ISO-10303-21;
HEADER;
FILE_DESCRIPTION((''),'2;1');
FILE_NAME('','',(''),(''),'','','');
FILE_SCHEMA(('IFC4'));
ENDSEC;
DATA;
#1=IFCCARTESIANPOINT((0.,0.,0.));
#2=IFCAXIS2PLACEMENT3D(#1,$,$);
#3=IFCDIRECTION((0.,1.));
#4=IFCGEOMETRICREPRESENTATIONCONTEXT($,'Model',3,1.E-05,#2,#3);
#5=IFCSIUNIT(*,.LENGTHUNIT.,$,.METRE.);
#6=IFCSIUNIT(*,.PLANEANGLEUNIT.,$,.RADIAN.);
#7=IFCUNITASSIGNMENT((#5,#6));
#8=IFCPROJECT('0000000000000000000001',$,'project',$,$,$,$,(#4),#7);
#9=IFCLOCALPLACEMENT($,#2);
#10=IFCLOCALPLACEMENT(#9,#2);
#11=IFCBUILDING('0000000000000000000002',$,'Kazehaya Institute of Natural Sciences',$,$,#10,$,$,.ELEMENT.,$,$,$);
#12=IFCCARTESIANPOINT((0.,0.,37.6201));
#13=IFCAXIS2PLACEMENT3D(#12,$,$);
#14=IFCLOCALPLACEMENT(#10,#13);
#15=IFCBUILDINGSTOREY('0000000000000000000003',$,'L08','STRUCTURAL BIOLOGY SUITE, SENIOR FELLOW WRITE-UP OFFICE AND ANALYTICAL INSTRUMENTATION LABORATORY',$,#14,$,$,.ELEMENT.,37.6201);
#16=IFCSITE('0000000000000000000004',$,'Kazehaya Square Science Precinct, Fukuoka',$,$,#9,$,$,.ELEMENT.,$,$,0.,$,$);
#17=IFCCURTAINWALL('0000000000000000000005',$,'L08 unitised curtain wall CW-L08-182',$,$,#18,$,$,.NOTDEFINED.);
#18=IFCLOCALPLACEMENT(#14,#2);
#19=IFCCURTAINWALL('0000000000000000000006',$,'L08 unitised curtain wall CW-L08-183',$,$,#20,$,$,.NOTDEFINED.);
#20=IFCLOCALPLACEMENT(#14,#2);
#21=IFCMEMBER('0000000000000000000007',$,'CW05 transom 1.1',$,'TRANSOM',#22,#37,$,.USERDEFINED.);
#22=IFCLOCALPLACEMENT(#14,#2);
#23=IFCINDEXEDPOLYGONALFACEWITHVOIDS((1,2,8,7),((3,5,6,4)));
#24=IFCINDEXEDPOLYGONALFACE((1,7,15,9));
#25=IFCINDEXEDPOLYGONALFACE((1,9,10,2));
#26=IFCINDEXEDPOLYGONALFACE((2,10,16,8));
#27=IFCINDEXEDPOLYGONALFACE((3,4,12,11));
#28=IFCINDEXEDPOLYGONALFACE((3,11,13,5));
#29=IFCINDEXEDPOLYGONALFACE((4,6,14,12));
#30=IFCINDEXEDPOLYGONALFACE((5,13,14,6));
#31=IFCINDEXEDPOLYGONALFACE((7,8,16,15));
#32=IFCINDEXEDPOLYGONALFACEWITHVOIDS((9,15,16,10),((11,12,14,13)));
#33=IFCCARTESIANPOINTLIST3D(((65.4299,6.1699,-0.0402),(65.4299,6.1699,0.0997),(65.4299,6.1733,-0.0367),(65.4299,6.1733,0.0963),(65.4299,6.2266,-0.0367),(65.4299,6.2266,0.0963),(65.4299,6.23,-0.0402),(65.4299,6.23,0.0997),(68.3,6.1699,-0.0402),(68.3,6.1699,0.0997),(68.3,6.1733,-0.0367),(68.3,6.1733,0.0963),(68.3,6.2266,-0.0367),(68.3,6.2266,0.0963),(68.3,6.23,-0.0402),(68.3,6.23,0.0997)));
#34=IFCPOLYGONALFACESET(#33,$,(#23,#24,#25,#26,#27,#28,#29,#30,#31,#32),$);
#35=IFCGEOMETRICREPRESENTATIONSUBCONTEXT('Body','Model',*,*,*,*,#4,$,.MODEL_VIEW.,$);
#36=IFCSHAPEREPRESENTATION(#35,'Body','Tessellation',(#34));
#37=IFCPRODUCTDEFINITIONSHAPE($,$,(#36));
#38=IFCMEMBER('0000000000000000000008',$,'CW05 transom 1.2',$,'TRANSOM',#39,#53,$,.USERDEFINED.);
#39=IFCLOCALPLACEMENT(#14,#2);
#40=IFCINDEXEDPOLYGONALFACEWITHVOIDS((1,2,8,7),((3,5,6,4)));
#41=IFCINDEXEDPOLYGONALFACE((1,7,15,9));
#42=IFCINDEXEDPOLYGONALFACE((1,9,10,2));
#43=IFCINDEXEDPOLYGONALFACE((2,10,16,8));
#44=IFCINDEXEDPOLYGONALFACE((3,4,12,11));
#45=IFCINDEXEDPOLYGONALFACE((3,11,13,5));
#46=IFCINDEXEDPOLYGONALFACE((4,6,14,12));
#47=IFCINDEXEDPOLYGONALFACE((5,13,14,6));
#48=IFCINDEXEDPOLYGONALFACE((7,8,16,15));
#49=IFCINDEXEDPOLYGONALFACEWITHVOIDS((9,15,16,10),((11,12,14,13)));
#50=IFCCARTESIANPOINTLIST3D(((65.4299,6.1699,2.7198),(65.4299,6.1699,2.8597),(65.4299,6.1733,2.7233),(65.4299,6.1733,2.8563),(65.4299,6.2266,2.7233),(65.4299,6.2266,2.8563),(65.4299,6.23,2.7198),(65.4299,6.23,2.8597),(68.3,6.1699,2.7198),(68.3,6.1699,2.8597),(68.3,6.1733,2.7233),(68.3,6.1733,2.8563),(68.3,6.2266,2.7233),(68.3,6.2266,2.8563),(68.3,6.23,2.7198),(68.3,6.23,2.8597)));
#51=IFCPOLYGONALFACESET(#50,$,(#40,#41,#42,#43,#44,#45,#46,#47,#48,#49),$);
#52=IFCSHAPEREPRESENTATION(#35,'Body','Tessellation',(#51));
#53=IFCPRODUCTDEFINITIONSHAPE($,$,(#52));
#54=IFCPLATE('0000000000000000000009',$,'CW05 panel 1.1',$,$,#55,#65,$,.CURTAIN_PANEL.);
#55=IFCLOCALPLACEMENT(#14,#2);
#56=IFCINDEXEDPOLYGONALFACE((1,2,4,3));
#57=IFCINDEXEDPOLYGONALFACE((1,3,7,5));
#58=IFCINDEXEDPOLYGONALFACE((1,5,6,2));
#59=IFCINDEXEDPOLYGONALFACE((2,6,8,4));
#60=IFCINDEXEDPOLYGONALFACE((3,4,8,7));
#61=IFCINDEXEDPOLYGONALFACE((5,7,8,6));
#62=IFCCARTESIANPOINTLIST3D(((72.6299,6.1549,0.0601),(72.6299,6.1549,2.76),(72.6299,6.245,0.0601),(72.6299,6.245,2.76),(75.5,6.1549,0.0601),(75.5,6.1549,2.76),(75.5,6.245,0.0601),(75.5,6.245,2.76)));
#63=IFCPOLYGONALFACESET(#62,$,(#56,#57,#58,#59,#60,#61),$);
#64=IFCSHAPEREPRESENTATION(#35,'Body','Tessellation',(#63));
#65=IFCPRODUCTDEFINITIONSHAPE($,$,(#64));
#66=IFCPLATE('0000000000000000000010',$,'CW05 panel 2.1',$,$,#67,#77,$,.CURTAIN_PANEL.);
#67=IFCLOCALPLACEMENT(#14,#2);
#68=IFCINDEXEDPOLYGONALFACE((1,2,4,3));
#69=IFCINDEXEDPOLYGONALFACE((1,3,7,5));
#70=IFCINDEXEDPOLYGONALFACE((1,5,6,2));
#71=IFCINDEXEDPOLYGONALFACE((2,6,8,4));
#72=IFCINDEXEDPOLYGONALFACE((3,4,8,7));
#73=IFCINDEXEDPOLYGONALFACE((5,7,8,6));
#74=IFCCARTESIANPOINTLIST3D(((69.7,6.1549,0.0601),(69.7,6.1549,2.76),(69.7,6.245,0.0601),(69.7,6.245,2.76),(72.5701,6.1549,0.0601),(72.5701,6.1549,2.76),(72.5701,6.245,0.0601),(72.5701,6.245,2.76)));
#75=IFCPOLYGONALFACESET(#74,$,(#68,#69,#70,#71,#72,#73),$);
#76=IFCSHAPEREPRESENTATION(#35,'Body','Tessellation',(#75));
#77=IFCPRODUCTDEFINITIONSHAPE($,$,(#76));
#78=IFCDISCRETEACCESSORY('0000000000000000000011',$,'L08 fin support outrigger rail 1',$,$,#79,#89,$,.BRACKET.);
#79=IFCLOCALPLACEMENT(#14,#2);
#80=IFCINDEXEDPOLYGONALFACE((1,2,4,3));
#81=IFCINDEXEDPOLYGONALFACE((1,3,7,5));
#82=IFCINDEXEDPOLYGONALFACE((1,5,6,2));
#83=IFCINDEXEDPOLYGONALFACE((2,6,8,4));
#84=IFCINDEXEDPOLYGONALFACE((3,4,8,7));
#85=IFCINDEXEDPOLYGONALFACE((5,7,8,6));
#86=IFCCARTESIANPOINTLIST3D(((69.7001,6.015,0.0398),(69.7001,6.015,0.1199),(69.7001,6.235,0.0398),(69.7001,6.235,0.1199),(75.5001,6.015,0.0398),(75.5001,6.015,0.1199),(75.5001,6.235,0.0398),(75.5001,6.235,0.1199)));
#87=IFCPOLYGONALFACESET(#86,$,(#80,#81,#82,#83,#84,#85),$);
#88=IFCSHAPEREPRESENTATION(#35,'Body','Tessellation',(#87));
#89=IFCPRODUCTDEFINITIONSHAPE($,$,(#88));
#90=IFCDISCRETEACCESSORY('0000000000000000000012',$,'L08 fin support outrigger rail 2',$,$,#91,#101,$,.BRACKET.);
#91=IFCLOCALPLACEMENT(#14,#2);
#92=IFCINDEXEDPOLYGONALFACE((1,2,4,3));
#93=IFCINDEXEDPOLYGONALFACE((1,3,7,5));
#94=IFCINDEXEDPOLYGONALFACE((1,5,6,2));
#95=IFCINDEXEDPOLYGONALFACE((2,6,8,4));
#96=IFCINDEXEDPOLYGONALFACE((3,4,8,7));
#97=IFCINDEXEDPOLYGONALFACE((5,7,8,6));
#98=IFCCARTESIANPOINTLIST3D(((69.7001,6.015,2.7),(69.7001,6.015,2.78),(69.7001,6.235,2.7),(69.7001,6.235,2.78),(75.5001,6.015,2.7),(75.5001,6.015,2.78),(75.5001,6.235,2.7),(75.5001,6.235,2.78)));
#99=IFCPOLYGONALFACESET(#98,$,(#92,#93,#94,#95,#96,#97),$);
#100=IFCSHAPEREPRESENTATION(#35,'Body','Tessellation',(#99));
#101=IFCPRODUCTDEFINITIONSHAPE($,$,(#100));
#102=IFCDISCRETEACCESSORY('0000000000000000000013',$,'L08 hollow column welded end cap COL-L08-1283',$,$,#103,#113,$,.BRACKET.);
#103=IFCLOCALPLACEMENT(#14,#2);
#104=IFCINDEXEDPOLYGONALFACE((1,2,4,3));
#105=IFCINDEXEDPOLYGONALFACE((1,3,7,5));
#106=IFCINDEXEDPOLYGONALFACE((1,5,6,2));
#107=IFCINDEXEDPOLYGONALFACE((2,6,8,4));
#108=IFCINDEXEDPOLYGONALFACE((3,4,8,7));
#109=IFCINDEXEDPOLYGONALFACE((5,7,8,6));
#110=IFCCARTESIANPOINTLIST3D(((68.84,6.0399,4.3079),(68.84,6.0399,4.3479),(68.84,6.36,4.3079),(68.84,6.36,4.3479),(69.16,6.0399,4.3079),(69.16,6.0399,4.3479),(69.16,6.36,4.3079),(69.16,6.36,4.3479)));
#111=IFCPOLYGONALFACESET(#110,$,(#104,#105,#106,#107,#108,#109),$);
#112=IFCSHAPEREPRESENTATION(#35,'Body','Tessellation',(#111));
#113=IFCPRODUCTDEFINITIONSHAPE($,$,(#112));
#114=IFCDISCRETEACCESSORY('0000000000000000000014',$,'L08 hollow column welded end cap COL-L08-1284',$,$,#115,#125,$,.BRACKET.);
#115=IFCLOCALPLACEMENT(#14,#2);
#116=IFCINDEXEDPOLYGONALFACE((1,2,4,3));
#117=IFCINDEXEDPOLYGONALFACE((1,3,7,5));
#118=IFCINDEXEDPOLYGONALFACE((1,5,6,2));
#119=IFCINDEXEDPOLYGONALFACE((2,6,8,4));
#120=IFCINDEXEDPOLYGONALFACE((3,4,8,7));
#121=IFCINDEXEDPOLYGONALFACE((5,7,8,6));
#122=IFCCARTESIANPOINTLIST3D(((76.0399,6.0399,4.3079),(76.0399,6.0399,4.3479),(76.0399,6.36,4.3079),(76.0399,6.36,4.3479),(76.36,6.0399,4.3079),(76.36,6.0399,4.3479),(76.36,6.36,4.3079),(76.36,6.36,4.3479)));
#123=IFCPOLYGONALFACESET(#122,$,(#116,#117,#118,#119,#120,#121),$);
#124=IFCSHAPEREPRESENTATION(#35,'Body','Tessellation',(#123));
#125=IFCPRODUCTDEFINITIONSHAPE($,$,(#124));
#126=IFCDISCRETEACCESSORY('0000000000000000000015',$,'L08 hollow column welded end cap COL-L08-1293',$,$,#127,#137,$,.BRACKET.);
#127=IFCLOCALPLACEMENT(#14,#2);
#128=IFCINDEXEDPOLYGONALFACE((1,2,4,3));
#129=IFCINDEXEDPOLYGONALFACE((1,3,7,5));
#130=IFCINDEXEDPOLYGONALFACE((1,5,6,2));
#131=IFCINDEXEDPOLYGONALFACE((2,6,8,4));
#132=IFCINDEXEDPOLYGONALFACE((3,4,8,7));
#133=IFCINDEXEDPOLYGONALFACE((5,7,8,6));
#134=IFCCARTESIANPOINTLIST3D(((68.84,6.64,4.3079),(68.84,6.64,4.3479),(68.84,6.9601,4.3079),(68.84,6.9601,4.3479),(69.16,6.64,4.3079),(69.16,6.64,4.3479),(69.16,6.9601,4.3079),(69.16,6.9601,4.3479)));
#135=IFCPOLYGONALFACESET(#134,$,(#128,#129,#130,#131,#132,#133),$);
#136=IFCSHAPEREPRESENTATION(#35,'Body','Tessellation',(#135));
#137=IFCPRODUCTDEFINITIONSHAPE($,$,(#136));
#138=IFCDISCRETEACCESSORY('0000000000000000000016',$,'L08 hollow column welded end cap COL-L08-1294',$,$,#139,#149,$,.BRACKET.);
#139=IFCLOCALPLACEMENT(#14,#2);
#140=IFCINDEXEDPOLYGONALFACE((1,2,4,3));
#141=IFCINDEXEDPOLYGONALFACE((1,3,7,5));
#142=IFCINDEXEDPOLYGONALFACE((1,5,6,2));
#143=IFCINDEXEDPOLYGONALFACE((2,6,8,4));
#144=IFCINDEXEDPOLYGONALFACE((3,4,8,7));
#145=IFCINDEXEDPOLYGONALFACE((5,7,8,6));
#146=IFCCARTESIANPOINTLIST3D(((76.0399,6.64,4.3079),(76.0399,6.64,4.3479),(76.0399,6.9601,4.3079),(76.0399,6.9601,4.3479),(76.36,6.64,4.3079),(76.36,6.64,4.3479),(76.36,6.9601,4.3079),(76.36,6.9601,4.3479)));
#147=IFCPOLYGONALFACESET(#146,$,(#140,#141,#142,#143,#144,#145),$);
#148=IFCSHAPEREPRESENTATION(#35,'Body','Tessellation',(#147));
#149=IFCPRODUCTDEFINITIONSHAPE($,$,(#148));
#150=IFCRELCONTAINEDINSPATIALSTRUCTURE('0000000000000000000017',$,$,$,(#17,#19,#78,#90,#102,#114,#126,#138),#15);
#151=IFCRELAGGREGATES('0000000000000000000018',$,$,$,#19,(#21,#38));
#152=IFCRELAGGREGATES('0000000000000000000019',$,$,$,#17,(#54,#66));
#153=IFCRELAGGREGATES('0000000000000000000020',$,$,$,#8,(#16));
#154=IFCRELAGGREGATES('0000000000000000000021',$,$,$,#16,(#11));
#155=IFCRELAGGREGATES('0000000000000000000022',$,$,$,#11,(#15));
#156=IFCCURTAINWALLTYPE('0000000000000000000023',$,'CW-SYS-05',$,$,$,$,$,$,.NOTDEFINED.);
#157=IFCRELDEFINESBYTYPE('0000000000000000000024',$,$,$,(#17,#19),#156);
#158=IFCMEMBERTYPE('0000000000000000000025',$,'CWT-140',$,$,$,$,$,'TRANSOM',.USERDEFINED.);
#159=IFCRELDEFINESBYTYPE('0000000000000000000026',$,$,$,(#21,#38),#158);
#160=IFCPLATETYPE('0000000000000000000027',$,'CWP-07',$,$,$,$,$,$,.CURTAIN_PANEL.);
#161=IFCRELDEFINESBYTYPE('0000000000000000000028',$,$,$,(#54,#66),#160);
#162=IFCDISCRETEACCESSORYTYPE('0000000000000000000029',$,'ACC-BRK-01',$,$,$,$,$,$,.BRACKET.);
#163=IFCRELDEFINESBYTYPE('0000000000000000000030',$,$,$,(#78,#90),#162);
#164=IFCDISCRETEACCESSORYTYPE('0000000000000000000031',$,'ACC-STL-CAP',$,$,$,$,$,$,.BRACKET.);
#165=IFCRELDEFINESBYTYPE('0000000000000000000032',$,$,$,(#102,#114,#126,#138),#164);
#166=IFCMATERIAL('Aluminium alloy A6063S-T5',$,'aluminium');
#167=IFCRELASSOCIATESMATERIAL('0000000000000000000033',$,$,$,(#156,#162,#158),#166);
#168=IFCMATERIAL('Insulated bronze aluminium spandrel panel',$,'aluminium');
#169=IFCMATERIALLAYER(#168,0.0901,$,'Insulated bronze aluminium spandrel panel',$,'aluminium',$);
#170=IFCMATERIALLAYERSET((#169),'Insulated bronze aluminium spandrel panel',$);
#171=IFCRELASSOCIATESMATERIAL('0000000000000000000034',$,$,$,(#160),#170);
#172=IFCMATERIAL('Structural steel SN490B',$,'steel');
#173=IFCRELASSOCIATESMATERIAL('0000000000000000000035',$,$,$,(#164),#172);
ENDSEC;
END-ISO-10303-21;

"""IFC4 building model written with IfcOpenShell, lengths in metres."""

from ifc_helpers import new_model, si_unit, direction, frame, origin, origin_2d, place, context, subcontext, project, spatial, rectangle, hollow_rectangle, extrude, material, layer, layer_set, material_profile, profile_set, type_object, element, aggregate, save


model = new_model("IFC4")

# Units and contexts
model_context = context("Model", 3, precision=1e-05, world=origin(), true_north=direction((0.0, 1.0)))
body_context = subcontext(model_context, "Body", "Model", "MODEL_VIEW")
ifc_project = project(units=[si_unit("LENGTHUNIT", "METRE"), si_unit("PLANEANGLEUNIT", "RADIAN")], contexts=[model_context])

# Site, building, storey
site_placement = place(None, origin())
site = spatial("IfcSite", under=ifc_project, at=site_placement, Name="Kazehaya Square Science Precinct, Fukuoka", CompositionType="ELEMENT", RefElevation=0.0)
building_placement = place(site_placement, origin())
building = spatial("IfcBuilding", under=site, at=building_placement, Name="Kazehaya Institute of Natural Sciences", CompositionType="ELEMENT")
storey_placement = place(building_placement, frame((0.0, 0.0, 37.6201)))
storey = spatial("IfcBuildingStorey", under=building, at=storey_placement, Name="L08", Description="STRUCTURAL BIOLOGY SUITE, SENIOR FELLOW WRITE-UP OFFICE AND ANALYTICAL INSTRUMENTATION LABORATORY", CompositionType="ELEMENT", Elevation=37.6201)

# Curtain wall
ifc_material_1 = material(Name="Aluminium alloy A6063S-T5", Category="aluminium")
curtain_wall_type = type_object("IfcCurtainWallType", Name="CW-SYS-05", PredefinedType="NOTDEFINED", material=ifc_material_1)
curtain_wall_1_placement = place(storey_placement, origin())
curtain_wall_1 = element("IfcCurtainWall", 1, at=curtain_wall_1_placement, inside=storey, type_object=curtain_wall_type, Name="L08 unitised curtain wall CW-L08-182", PredefinedType="NOTDEFINED")

# Curtain wall
curtain_wall_2_placement = place(storey_placement, origin())
curtain_wall_2 = element("IfcCurtainWall", 2, at=curtain_wall_2_placement, inside=storey, type_object=curtain_wall_type, Name="L08 unitised curtain wall CW-L08-183", PredefinedType="NOTDEFINED")

# Members
ifc_material_profile_1 = material_profile(ifc_material_1, hollow_rectangle(XDim=0.0601, YDim=0.1399, WallThickness=0.0034, at=origin_2d()), Name="ALU-60x140x3.5")
ifc_profile_set_1 = profile_set([ifc_material_profile_1], Name="Aluminium alloy A6063S-T5")
member_type_1 = type_object("IfcMemberType", Name="CWT-140", ElementType="TRANSOM", PredefinedType="USERDEFINED", material=ifc_profile_set_1)
member_1_placement = place(storey_placement, frame((68.3, 6.2, 0.0298), z_axis=(-1.0, 0.0, 0.0), x_axis=(0.0, -1.0, 0.0)))
member_1 = element("IfcMember", 3, at=member_1_placement, type_object=member_type_1, Name="CW05 transom 1.1", ObjectType="TRANSOM", PredefinedType="USERDEFINED", context=body_context, shape_type="SweptSolid", body=[
    extrude(hollow_rectangle(XDim=0.0601, YDim=0.1399, WallThickness=0.0034, at=origin_2d()), origin(), (0.0, 0.0, 1.0), 2.8701),
])
member_2_placement = place(storey_placement, frame((68.3, 6.2, 2.7898), z_axis=(-1.0, 0.0, 0.0), x_axis=(0.0, -1.0, 0.0)))
member_2 = element("IfcMember", 4, at=member_2_placement, type_object=member_type_1, Name="CW05 transom 1.2", ObjectType="TRANSOM", PredefinedType="USERDEFINED", context=body_context, shape_type="SweptSolid", body=[
    extrude(hollow_rectangle(XDim=0.0601, YDim=0.1399, WallThickness=0.0034, at=origin_2d()), origin(), (0.0, 0.0, 1.0), 2.8701),
])
aggregate(curtain_wall_2, [member_1, member_2])

# Plates
ifc_material_2 = material(Name="Insulated bronze aluminium spandrel panel", Category="aluminium")
ifc_layer = layer(ifc_material_2, 0.0901, Name="Insulated bronze aluminium spandrel panel", Category="aluminium")
ifc_layer_set = layer_set([ifc_layer], Name="Insulated bronze aluminium spandrel panel")
plate_type = type_object("IfcPlateType", Name="CWP-07", PredefinedType="CURTAIN_PANEL", material=ifc_layer_set)
plate_1_placement = place(storey_placement, frame((74.0649, 6.2, 0.0601), z_axis=(0.0, 0.0, 1.0), x_axis=(-1.0, 0.0, 0.0)))
plate_1 = element("IfcPlate", 5, at=plate_1_placement, type_object=plate_type, Name="CW05 panel 1.1", PredefinedType="CURTAIN_PANEL", context=body_context, shape_type="SweptSolid", body=[
    extrude(rectangle(XDim=2.8701, YDim=0.0901, at=origin_2d()), origin(), (0.0, 0.0, 1.0), 2.7),
])
plate_2_placement = place(storey_placement, frame((71.135, 6.2, 0.0601), z_axis=(0.0, 0.0, 1.0), x_axis=(-1.0, 0.0, 0.0)))
plate_2 = element("IfcPlate", 6, at=plate_2_placement, type_object=plate_type, Name="CW05 panel 2.1", PredefinedType="CURTAIN_PANEL", context=body_context, shape_type="SweptSolid", body=[
    extrude(rectangle(XDim=2.8701, YDim=0.0901, at=origin_2d()), origin(), (0.0, 0.0, 1.0), 2.7),
])
aggregate(curtain_wall_1, [plate_1, plate_2])

# Discrete accessories
discrete_accessory_type_1 = type_object("IfcDiscreteAccessoryType", Name="ACC-BRK-01", PredefinedType="BRACKET", material=ifc_material_1)
for number, where, z_axis, x_axis, name in (
    (7, (72.6001, 6.125, 0.0398), (0.0, 0.0, 1.0), (-1.0, 0.0, 0.0), "L08 fin support outrigger rail 1"),
    (8, (72.6001, 6.125, 2.7), (0.0, 0.0, 1.0), (-1.0, 0.0, 0.0), "L08 fin support outrigger rail 2"),
):
    element("IfcDiscreteAccessory", number, at=place(storey_placement, frame(where, z_axis=z_axis, x_axis=x_axis)), inside=storey, type_object=discrete_accessory_type_1, Name=name, PredefinedType="BRACKET", context=body_context, shape_type="SweptSolid", body=[
        extrude(rectangle(XDim=5.8, YDim=0.22, at=origin_2d()), origin(), (0.0, 0.0, 1.0), 0.0801),
    ])
ifc_material_3 = material(Name="Structural steel SN490B", Category="steel")
discrete_accessory_type_2 = type_object("IfcDiscreteAccessoryType", Name="ACC-STL-CAP", PredefinedType="BRACKET", material=ifc_material_3)
for number, where, z_axis, x_axis, name in (
    (9, (69.0, 6.2, 4.3079), (0.0, 0.0, 1.0), (1.0, 0.0, 0.0), "L08 hollow column welded end cap COL-L08-1283"),
    (10, (76.2, 6.2, 4.3079), (0.0, 0.0, 1.0), (1.0, 0.0, 0.0), "L08 hollow column welded end cap COL-L08-1284"),
    (11, (69.0, 6.8, 4.3079), (0.0, 0.0, 1.0), (1.0, 0.0, 0.0), "L08 hollow column welded end cap COL-L08-1293"),
    (12, (76.2, 6.8, 4.3079), (0.0, 0.0, 1.0), (1.0, 0.0, 0.0), "L08 hollow column welded end cap COL-L08-1294"),
):
    element("IfcDiscreteAccessory", number, at=place(storey_placement, frame(where, z_axis=z_axis, x_axis=x_axis)), inside=storey, type_object=discrete_accessory_type_2, Name=name, PredefinedType="BRACKET", context=body_context, shape_type="SweptSolid", body=[
        extrude(rectangle(XDim=0.3201, YDim=0.3201, at=origin_2d()), origin(), (0.0, 0.0, 1.0), 0.04),
    ])

save(model, "model.ifc")
